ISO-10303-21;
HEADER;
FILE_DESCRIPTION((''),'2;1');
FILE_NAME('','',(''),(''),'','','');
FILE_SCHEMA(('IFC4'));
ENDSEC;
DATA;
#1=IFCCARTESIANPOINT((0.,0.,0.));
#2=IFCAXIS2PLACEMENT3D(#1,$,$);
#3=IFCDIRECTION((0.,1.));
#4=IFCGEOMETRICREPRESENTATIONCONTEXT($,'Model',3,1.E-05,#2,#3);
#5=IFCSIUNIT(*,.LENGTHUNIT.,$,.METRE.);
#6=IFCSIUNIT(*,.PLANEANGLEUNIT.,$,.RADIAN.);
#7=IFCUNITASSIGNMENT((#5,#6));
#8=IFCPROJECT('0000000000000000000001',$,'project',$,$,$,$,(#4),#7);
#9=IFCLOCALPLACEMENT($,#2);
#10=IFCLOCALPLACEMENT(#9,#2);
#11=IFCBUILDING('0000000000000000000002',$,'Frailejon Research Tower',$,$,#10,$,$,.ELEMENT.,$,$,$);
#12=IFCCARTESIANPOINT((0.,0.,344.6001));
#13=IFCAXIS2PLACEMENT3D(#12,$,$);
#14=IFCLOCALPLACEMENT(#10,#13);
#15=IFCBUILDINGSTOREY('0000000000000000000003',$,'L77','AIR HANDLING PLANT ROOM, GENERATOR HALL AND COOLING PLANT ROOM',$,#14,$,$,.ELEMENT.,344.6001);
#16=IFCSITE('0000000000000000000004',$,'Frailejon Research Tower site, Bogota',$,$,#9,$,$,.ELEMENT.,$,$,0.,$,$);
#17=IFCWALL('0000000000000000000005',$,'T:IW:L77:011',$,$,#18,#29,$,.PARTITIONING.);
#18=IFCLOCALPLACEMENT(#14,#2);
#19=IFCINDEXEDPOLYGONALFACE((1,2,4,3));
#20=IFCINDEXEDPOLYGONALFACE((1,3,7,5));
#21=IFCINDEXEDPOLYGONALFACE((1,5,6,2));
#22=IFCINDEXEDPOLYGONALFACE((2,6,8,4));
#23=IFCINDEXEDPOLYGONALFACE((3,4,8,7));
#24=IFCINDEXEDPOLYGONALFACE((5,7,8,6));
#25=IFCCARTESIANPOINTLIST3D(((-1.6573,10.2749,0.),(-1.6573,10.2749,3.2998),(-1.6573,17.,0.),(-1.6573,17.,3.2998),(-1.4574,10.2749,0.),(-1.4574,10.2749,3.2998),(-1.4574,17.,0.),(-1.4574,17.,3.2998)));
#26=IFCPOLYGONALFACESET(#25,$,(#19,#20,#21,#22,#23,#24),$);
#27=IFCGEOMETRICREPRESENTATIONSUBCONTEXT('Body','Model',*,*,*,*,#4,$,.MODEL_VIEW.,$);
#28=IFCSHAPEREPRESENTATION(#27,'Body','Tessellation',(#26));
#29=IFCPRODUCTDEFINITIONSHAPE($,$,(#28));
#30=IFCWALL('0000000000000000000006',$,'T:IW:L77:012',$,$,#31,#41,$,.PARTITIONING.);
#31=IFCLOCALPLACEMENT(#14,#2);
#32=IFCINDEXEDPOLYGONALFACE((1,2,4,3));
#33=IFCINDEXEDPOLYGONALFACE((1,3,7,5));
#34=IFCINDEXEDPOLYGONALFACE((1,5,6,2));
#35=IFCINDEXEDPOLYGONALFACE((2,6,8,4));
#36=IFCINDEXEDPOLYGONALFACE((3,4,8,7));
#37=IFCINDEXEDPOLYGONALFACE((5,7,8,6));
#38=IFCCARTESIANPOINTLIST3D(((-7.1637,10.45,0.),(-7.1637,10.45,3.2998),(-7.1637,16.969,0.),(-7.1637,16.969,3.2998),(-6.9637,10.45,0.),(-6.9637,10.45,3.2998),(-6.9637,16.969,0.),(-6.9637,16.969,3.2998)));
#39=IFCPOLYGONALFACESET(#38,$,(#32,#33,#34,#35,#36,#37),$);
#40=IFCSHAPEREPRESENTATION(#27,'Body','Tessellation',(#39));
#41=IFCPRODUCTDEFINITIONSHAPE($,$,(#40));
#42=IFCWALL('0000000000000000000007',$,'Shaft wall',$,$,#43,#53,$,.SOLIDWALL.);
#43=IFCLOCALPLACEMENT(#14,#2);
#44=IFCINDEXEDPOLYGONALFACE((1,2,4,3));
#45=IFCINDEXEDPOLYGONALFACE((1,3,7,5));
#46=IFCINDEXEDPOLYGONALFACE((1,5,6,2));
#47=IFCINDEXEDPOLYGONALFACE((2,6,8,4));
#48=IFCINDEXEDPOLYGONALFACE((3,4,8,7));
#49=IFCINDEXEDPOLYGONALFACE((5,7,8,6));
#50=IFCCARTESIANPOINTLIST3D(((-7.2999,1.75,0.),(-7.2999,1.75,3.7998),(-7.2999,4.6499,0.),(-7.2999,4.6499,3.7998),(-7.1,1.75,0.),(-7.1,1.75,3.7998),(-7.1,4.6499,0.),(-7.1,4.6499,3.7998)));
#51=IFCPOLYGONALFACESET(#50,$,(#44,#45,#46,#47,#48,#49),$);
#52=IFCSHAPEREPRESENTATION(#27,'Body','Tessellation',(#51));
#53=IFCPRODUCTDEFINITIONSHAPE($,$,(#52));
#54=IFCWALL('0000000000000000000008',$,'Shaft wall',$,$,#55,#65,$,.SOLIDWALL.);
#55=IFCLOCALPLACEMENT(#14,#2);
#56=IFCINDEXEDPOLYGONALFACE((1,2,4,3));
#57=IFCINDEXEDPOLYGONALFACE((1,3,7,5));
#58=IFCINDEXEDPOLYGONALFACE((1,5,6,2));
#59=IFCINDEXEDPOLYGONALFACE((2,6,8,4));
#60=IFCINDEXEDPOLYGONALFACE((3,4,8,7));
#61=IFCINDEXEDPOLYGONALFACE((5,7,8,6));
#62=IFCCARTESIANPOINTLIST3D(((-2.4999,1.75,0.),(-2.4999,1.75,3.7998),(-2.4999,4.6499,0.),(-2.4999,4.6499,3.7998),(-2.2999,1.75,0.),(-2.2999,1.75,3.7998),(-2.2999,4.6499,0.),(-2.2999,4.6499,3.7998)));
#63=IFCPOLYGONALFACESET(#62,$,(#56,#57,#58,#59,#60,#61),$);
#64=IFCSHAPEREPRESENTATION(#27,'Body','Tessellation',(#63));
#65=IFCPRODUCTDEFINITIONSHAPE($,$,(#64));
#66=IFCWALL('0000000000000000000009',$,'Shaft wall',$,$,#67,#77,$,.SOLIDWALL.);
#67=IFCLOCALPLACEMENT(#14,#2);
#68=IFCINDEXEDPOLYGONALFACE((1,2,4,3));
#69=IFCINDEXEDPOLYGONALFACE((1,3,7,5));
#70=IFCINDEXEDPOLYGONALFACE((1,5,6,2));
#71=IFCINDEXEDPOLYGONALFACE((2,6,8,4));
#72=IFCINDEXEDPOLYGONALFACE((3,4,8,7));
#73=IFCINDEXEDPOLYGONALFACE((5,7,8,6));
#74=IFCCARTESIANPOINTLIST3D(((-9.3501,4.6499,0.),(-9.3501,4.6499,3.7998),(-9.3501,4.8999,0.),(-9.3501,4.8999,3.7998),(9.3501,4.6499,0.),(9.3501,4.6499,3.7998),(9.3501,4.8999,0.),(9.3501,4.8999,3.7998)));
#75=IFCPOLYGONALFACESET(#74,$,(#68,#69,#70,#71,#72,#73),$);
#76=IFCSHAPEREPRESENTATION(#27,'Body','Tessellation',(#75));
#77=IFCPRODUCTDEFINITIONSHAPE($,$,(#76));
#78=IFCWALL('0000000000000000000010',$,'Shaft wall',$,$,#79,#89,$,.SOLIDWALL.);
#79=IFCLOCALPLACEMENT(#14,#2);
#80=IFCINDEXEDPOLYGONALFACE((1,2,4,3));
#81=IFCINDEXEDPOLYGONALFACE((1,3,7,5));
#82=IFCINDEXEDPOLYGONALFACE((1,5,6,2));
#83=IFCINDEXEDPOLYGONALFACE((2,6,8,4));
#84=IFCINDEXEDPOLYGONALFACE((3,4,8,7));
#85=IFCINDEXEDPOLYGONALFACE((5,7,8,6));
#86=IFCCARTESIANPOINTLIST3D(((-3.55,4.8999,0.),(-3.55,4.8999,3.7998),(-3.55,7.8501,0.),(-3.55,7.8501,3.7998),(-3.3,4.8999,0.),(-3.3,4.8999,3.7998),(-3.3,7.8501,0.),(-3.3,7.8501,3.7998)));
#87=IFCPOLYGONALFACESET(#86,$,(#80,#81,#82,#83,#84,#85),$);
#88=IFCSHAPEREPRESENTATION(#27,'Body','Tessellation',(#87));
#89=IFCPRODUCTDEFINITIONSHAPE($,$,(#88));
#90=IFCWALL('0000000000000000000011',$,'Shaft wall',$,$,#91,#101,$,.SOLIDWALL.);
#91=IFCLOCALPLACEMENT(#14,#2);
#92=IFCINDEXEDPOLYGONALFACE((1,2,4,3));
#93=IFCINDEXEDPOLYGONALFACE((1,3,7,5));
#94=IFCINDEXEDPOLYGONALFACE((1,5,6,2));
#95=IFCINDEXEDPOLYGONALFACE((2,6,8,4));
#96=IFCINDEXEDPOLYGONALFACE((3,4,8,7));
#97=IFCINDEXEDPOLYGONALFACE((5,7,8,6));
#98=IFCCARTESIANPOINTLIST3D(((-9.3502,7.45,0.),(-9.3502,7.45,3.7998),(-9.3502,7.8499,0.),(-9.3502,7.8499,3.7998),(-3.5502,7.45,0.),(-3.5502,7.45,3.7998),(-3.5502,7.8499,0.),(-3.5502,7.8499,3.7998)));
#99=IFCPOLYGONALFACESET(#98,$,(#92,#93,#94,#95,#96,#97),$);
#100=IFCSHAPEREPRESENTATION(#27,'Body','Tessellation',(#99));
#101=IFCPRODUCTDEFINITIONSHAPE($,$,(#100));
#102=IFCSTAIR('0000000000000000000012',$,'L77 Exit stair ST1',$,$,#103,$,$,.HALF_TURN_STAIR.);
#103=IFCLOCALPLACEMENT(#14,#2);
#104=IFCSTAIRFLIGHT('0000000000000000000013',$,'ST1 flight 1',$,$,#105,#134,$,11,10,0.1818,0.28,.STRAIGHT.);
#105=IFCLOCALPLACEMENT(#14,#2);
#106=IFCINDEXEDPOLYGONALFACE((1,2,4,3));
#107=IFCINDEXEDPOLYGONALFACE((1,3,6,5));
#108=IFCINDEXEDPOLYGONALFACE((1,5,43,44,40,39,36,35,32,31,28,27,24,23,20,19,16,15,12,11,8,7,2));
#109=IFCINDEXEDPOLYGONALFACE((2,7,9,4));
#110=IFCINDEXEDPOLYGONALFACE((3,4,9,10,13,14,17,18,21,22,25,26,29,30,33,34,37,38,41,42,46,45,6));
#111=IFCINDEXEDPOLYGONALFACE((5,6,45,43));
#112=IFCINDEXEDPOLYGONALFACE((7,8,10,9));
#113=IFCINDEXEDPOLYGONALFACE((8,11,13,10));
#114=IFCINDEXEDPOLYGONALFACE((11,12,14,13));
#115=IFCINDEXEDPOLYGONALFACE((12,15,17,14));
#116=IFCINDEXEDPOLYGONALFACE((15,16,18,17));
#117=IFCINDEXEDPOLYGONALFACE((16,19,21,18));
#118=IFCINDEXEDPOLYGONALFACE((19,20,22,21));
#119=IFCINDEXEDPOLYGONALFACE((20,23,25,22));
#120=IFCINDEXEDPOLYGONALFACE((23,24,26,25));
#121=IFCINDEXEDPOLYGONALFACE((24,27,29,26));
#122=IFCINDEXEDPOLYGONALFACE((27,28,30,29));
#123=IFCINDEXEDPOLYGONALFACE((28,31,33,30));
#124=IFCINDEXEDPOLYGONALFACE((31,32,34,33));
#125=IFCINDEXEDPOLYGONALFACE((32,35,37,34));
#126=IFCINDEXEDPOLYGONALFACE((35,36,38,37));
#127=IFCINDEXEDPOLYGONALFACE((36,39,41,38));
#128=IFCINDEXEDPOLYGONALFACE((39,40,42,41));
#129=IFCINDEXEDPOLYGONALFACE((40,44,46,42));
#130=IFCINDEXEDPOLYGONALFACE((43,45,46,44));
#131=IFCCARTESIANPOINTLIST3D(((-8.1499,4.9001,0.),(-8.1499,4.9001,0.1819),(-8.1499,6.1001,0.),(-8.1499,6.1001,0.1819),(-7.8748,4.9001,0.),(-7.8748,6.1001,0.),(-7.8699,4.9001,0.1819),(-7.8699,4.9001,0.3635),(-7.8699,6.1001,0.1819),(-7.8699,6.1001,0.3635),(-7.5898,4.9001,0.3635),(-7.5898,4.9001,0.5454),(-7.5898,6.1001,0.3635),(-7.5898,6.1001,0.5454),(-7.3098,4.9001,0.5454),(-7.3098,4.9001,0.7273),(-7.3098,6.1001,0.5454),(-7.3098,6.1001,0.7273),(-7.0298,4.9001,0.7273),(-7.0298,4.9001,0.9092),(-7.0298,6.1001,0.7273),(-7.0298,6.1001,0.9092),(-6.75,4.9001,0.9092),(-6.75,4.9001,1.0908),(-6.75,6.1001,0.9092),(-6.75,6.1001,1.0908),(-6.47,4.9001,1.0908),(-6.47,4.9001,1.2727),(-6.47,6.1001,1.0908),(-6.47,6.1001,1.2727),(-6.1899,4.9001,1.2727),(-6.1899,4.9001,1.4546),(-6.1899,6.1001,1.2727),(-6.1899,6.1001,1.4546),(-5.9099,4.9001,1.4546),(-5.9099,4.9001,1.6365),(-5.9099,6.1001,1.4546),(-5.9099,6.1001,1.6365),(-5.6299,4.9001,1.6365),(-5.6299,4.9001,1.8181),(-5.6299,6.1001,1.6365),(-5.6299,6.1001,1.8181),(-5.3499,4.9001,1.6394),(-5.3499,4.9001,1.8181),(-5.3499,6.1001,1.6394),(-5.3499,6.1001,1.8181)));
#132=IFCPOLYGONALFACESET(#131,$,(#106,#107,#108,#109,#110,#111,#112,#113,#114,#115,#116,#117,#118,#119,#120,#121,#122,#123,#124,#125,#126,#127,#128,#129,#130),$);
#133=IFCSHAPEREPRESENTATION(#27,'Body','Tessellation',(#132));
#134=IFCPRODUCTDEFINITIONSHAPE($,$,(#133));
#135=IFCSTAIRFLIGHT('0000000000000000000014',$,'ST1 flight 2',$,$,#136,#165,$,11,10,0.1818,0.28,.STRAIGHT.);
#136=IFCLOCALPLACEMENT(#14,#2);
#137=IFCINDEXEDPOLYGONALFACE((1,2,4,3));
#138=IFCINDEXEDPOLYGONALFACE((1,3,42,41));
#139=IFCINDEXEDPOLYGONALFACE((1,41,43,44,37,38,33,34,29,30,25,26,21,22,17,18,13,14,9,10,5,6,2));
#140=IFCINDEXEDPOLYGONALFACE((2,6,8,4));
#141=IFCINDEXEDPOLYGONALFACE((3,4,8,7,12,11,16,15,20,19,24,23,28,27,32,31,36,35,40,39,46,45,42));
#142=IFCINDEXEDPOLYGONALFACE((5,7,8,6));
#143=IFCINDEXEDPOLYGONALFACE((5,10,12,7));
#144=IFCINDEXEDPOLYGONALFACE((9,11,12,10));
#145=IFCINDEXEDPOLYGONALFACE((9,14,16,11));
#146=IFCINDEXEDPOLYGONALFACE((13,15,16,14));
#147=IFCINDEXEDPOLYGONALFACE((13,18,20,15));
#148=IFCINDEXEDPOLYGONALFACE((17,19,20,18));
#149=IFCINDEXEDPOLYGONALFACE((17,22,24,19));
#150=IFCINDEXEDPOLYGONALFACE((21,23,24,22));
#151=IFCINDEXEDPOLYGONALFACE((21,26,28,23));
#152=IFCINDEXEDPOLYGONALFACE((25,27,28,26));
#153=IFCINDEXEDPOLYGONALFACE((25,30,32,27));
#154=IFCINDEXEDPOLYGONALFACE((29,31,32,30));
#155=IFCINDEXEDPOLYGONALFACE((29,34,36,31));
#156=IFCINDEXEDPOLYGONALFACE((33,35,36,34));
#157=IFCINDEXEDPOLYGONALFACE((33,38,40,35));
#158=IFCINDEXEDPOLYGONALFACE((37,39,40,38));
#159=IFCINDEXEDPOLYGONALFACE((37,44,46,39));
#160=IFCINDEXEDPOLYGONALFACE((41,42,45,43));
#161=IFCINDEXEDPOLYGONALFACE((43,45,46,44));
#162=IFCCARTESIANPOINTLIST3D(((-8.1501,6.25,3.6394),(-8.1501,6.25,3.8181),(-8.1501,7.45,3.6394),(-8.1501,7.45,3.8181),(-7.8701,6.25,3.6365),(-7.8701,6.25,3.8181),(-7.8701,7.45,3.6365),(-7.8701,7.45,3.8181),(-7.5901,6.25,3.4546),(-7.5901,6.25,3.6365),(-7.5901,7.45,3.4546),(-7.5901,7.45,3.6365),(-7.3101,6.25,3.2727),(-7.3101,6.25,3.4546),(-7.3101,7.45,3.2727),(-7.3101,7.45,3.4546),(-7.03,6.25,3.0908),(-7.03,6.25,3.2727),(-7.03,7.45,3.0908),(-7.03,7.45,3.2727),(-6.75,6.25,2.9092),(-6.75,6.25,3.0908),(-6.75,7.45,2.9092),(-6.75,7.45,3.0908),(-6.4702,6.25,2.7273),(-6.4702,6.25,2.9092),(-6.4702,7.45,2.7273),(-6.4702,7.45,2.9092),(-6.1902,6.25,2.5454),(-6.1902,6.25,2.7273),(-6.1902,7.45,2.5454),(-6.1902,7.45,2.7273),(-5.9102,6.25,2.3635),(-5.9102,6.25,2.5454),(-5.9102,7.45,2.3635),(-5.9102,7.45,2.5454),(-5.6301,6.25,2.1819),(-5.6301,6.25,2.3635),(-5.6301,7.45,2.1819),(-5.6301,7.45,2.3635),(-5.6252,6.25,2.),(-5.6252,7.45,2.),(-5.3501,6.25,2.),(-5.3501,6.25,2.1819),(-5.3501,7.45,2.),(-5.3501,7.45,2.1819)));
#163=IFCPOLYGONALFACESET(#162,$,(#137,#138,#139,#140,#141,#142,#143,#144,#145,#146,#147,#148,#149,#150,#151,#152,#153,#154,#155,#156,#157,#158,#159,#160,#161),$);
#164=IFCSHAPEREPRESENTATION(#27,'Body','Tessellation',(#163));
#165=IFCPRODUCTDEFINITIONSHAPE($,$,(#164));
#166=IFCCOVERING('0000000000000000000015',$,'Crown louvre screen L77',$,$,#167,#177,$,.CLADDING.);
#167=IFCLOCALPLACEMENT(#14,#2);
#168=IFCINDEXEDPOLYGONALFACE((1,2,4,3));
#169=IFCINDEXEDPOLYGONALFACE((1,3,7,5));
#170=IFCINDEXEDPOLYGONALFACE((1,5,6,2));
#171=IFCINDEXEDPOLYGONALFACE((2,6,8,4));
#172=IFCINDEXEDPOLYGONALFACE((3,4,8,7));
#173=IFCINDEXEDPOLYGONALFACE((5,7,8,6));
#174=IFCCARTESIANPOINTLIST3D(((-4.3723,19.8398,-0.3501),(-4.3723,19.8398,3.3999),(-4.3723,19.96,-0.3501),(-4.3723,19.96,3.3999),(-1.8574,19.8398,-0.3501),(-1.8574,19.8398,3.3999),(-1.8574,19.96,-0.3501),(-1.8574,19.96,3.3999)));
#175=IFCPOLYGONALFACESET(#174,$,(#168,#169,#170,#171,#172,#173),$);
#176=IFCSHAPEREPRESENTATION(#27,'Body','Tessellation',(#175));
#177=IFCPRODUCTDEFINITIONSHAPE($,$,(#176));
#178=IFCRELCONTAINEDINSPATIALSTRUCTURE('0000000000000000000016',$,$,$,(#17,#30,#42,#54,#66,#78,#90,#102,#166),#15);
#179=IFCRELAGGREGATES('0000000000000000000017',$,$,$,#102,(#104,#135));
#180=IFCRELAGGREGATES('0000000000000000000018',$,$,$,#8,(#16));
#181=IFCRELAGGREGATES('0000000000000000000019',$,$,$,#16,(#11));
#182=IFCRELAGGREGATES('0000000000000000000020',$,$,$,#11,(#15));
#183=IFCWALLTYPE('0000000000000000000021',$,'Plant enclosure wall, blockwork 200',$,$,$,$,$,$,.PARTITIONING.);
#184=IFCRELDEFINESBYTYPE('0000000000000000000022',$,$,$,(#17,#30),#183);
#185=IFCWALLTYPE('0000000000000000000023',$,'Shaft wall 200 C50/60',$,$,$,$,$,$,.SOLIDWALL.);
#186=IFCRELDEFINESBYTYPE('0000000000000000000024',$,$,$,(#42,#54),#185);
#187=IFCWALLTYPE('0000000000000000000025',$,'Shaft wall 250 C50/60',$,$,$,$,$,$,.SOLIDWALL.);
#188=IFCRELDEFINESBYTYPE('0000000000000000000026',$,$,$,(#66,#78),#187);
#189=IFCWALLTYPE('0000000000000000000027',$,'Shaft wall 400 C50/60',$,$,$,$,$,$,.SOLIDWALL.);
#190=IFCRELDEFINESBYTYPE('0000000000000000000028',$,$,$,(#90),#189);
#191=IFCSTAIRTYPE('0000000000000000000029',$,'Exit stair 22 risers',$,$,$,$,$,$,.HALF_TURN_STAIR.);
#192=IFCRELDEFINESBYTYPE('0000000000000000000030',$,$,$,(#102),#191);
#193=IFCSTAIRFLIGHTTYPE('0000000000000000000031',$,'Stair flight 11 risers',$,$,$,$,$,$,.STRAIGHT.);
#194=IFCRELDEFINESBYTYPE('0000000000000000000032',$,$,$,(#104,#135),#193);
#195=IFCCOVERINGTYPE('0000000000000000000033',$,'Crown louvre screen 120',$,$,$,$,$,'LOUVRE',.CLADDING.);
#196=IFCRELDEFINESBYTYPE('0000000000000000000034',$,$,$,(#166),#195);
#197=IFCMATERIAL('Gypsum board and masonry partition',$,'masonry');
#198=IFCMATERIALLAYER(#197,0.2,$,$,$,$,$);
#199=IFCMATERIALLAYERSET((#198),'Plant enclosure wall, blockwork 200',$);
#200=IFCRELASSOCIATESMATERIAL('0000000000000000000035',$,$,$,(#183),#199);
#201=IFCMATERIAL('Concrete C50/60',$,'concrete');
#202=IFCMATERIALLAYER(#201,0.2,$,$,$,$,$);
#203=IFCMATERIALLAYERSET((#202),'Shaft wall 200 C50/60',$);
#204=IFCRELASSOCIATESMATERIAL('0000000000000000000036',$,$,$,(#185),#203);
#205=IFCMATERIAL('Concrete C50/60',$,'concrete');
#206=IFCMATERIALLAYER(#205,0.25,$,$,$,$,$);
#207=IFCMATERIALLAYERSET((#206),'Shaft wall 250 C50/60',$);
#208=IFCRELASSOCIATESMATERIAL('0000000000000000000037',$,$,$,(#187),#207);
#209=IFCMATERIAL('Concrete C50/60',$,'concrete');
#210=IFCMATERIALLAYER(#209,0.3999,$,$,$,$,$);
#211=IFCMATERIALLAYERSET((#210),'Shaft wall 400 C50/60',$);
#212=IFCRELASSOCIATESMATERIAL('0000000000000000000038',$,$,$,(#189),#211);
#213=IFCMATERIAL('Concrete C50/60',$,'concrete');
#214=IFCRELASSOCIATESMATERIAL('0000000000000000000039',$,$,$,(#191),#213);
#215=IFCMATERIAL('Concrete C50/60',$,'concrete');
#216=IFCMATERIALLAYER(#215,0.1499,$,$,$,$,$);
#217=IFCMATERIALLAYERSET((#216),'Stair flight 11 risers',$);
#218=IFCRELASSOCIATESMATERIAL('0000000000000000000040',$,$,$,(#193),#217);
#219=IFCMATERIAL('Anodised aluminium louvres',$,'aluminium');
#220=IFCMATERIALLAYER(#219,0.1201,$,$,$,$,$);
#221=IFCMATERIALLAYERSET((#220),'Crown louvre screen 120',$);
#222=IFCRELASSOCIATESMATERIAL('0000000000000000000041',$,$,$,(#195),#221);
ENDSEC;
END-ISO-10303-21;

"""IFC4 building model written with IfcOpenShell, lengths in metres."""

from ifc_helpers import new_model, si_unit, direction, frame, frame_2d, origin, place, context, subcontext, project, spatial, polyline, rectangle, outline, extrude, material, layer, layer_set, type_object, element, aggregate, save


model = new_model("IFC4")

# Units and contexts
model_context = context("Model", 3, precision=1e-05, world=origin(), true_north=direction((0.0, 1.0)))
body_context = subcontext(model_context, "Body", "Model", "MODEL_VIEW")
ifc_project = project(units=[si_unit("LENGTHUNIT", "METRE"), si_unit("PLANEANGLEUNIT", "RADIAN")], contexts=[model_context])

# Site, building, storey
site_placement = place(None, origin())
site = spatial("IfcSite", under=ifc_project, at=site_placement, Name="Frailejon Research Tower site, Bogota", CompositionType="ELEMENT", RefElevation=0.0)
building_placement = place(site_placement, origin())
building = spatial("IfcBuilding", under=site, at=building_placement, Name="Frailejon Research Tower", CompositionType="ELEMENT")
storey_placement = place(building_placement, frame((0.0, 0.0, 344.6001)))
storey = spatial("IfcBuildingStorey", under=building, at=storey_placement, Name="L77", Description="AIR HANDLING PLANT ROOM, GENERATOR HALL AND COOLING PLANT ROOM", CompositionType="ELEMENT", Elevation=344.6001)

# Shared definitions
ifc_material_1 = material(Name="Gypsum board and masonry partition", Category="masonry")
ifc_layer_1 = layer(ifc_material_1, 0.2)
ifc_layer_set_1 = layer_set([ifc_layer_1], Name="Plant enclosure wall, blockwork 200")
wall_type_1 = type_object("IfcWallType", Name="Plant enclosure wall, blockwork 200", PredefinedType="PARTITIONING", material=ifc_layer_set_1)

# Walls
wall_1_placement = place(storey_placement, frame((-1.5574, 10.2749, 0.0), z_axis=(0.0, 0.0, 1.0), x_axis=(0.0, 1.0, 0.0)))
element("IfcWall", 1, at=wall_1_placement, inside=storey, type_object=wall_type_1, Name="T:IW:L77:011", PredefinedType="PARTITIONING", context=body_context, shape_type="SweptSolid", body=[
    extrude(rectangle(XDim=6.7251, YDim=0.2, at=frame_2d((3.3625, 0.0))), origin(), (0.0, 0.0, 1.0), 3.2998),
])
wall_2_placement = place(storey_placement, frame((-7.0637, 10.45, 0.0), z_axis=(0.0, 0.0, 1.0), x_axis=(0.0, 1.0, 0.0)))
element("IfcWall", 2, at=wall_2_placement, inside=storey, type_object=wall_type_1, Name="T:IW:L77:012", PredefinedType="PARTITIONING", context=body_context, shape_type="SweptSolid", body=[
    extrude(rectangle(XDim=6.519, YDim=0.2, at=frame_2d((3.2595, 0.0))), origin(), (0.0, 0.0, 1.0), 3.2998),
])
ifc_material_2 = material(Name="Concrete C50/60", Category="concrete")
ifc_layer_2 = layer(ifc_material_2, 0.2)
ifc_layer_set_2 = layer_set([ifc_layer_2], Name="Shaft wall 200 C50/60")
wall_type_2 = type_object("IfcWallType", Name="Shaft wall 200 C50/60", PredefinedType="SOLIDWALL", material=ifc_layer_set_2)
for number, where, z_axis, x_axis, name in (
    (3, (-7.2, 1.75, 0.0), (0.0, 0.0, 1.0), (0.0, 1.0, 0.0), "Shaft wall"),
    (4, (-2.3999, 1.75, 0.0), (0.0, 0.0, 1.0), (0.0, 1.0, 0.0), "Shaft wall"),
):
    element("IfcWall", number, at=place(storey_placement, frame(where, z_axis=z_axis, x_axis=x_axis)), inside=storey, type_object=wall_type_2, Name=name, PredefinedType="SOLIDWALL", context=body_context, shape_type="SweptSolid", body=[
        extrude(rectangle(XDim=2.8999, YDim=0.2, at=frame_2d((1.45, 0.0))), origin(), (0.0, 0.0, 1.0), 3.7998),
    ])
ifc_material_3 = material(Name="Concrete C50/60", Category="concrete")
ifc_layer_3 = layer(ifc_material_3, 0.25)
ifc_layer_set_3 = layer_set([ifc_layer_3], Name="Shaft wall 250 C50/60")
wall_type_3 = type_object("IfcWallType", Name="Shaft wall 250 C50/60", PredefinedType="SOLIDWALL", material=ifc_layer_set_3)
wall_3_placement = place(storey_placement, frame((-9.3501, 4.7749, 0.0), z_axis=(0.0, 0.0, 1.0), x_axis=(1.0, 0.0, 0.0)))
element("IfcWall", 5, at=wall_3_placement, inside=storey, type_object=wall_type_3, Name="Shaft wall", PredefinedType="SOLIDWALL", context=body_context, shape_type="SweptSolid", body=[
    extrude(rectangle(XDim=18.7002, YDim=0.25, at=frame_2d((9.3501, 0.0))), origin(), (0.0, 0.0, 1.0), 3.7998),
])
wall_4_placement = place(storey_placement, frame((-3.425, 4.8999, 0.0), z_axis=(0.0, 0.0, 1.0), x_axis=(0.0, 1.0, 0.0)))
element("IfcWall", 6, at=wall_4_placement, inside=storey, type_object=wall_type_3, Name="Shaft wall", PredefinedType="SOLIDWALL", context=body_context, shape_type="SweptSolid", body=[
    extrude(rectangle(XDim=2.9502, YDim=0.25, at=frame_2d((1.4751, 0.0))), origin(), (0.0, 0.0, 1.0), 3.7998),
])
ifc_material_4 = material(Name="Concrete C50/60", Category="concrete")
ifc_layer_4 = layer(ifc_material_4, 0.3999)
ifc_layer_set_4 = layer_set([ifc_layer_4], Name="Shaft wall 400 C50/60")
wall_type_4 = type_object("IfcWallType", Name="Shaft wall 400 C50/60", PredefinedType="SOLIDWALL", material=ifc_layer_set_4)
wall_5_placement = place(storey_placement, frame((-9.3501, 7.6499, 0.0), z_axis=(0.0, 0.0, 1.0), x_axis=(1.0, 0.0, 0.0)))
element("IfcWall", 7, at=wall_5_placement, inside=storey, type_object=wall_type_4, Name="Shaft wall", PredefinedType="SOLIDWALL", context=body_context, shape_type="SweptSolid", body=[
    extrude(rectangle(XDim=5.8, YDim=0.3999, at=frame_2d((2.8999, 0.0))), origin(), (0.0, 0.0, 1.0), 3.7998),
])

# Stair, stair flights
ifc_material_5 = material(Name="Concrete C50/60", Category="concrete")
stair_type = type_object("IfcStairType", Name="Exit stair 22 risers", PredefinedType="HALF_TURN_STAIR", material=ifc_material_5)
stair_placement = place(storey_placement, origin())
stair = element("IfcStair", 8, at=stair_placement, inside=storey, type_object=stair_type, Name="L77 Exit stair ST1", PredefinedType="HALF_TURN_STAIR")
ifc_material_6 = material(Name="Concrete C50/60", Category="concrete")
ifc_layer_5 = layer(ifc_material_6, 0.1499)
ifc_layer_set_5 = layer_set([ifc_layer_5], Name="Stair flight 11 risers")
stair_flight_type = type_object("IfcStairFlightType", Name="Stair flight 11 risers", PredefinedType="STRAIGHT", material=ifc_layer_set_5)
stair_flight_1_placement = place(storey_placement, frame((-8.1499, 5.5, 0.0), z_axis=(0.0, 0.0, 1.0), x_axis=(1.0, 0.0, 0.0)))
stair_flight_1 = element("IfcStairFlight", 9, at=stair_flight_1_placement, type_object=stair_flight_type, Name="ST1 flight 1", NumberOfRisers=11, NumberOfTreads=10, PredefinedType="STRAIGHT", RiserHeight=0.1818, TreadLength=0.28, context=body_context, shape_type="SweptSolid", body=[
    extrude(outline(polyline([(0.0, 0.0), (0.0, 0.1819), (0.28, 0.1819), (0.28, 0.3635), (0.5601, 0.3635), (0.5601, 0.5454), (0.8401, 0.5454), (0.8401, 0.7273), (1.1201, 0.7273), (1.1201, 0.9092), (1.3999, 0.9092), (1.3999, 1.0908), (1.6799, 1.0908), (1.6799, 1.2727), (1.96, 1.2727), (1.96, 1.4546), (2.24, 1.4546), (2.24, 1.6365), (2.52, 1.6365), (2.52, 1.8181), (2.8, 1.8181), (2.8, 2.0), (2.8, 1.6394), (0.2751, 0.0), (0.0, 0.0)])), frame((0.0, 0.6001, 0.0), z_axis=(0.0, -1.0, 0.0), x_axis=(1.0, 0.0, 0.0)), (0.0, 0.0, 1.0), 1.2),
])
stair_flight_2_placement = place(storey_placement, frame((-5.3501, 6.8501, 2.0), z_axis=(0.0, 0.0, 1.0), x_axis=(-1.0, 0.0, 0.0)))
stair_flight_2 = element("IfcStairFlight", 10, at=stair_flight_2_placement, type_object=stair_flight_type, Name="ST1 flight 2", NumberOfRisers=11, NumberOfTreads=10, PredefinedType="STRAIGHT", RiserHeight=0.1818, TreadLength=0.28, context=body_context, shape_type="SweptSolid", body=[
    extrude(outline(polyline([(0.0, 0.0), (0.0, 0.1819), (0.28, 0.1819), (0.28, 0.3635), (0.5601, 0.3635), (0.5601, 0.5454), (0.8401, 0.5454), (0.8401, 0.7273), (1.1201, 0.7273), (1.1201, 0.9092), (1.3999, 0.9092), (1.3999, 1.0908), (1.6799, 1.0908), (1.6799, 1.2727), (1.96, 1.2727), (1.96, 1.4546), (2.24, 1.4546), (2.24, 1.6365), (2.52, 1.6365), (2.52, 1.8181), (2.8, 1.8181), (2.8, 2.0), (2.8, 1.6394), (0.2751, 0.0), (0.0, 0.0)])), frame((0.0, 0.6001, 0.0), z_axis=(0.0, -1.0, 0.0), x_axis=(1.0, 0.0, 0.0)), (0.0, 0.0, 1.0), 1.2),
])
aggregate(stair, [stair_flight_1, stair_flight_2])

# Covering
ifc_material_7 = material(Name="Anodised aluminium louvres", Category="aluminium")
ifc_layer_6 = layer(ifc_material_7, 0.1201)
ifc_layer_set_6 = layer_set([ifc_layer_6], Name="Crown louvre screen 120")
covering_type = type_object("IfcCoveringType", Name="Crown louvre screen 120", ElementType="LOUVRE", PredefinedType="CLADDING", material=ifc_layer_set_6)
covering_1_placement = place(storey_placement, frame((-4.3723, 19.8999, -0.3501), z_axis=(1.0, 0.0, 0.0), x_axis=(0.0, 1.0, 0.0)))
element("IfcCovering", 11, at=covering_1_placement, inside=storey, type_object=covering_type, Name="Crown louvre screen L77", PredefinedType="CLADDING", context=body_context, shape_type="SweptSolid", body=[
    extrude(outline(polyline([(-0.0601, 0.0), (0.0601, 0.0), (0.0601, 3.75), (-0.0601, 3.75), (-0.0601, 0.0)])), origin(), (0.0, 0.0, 1.0), 2.5149),
])

save(model, "model.ifc")
